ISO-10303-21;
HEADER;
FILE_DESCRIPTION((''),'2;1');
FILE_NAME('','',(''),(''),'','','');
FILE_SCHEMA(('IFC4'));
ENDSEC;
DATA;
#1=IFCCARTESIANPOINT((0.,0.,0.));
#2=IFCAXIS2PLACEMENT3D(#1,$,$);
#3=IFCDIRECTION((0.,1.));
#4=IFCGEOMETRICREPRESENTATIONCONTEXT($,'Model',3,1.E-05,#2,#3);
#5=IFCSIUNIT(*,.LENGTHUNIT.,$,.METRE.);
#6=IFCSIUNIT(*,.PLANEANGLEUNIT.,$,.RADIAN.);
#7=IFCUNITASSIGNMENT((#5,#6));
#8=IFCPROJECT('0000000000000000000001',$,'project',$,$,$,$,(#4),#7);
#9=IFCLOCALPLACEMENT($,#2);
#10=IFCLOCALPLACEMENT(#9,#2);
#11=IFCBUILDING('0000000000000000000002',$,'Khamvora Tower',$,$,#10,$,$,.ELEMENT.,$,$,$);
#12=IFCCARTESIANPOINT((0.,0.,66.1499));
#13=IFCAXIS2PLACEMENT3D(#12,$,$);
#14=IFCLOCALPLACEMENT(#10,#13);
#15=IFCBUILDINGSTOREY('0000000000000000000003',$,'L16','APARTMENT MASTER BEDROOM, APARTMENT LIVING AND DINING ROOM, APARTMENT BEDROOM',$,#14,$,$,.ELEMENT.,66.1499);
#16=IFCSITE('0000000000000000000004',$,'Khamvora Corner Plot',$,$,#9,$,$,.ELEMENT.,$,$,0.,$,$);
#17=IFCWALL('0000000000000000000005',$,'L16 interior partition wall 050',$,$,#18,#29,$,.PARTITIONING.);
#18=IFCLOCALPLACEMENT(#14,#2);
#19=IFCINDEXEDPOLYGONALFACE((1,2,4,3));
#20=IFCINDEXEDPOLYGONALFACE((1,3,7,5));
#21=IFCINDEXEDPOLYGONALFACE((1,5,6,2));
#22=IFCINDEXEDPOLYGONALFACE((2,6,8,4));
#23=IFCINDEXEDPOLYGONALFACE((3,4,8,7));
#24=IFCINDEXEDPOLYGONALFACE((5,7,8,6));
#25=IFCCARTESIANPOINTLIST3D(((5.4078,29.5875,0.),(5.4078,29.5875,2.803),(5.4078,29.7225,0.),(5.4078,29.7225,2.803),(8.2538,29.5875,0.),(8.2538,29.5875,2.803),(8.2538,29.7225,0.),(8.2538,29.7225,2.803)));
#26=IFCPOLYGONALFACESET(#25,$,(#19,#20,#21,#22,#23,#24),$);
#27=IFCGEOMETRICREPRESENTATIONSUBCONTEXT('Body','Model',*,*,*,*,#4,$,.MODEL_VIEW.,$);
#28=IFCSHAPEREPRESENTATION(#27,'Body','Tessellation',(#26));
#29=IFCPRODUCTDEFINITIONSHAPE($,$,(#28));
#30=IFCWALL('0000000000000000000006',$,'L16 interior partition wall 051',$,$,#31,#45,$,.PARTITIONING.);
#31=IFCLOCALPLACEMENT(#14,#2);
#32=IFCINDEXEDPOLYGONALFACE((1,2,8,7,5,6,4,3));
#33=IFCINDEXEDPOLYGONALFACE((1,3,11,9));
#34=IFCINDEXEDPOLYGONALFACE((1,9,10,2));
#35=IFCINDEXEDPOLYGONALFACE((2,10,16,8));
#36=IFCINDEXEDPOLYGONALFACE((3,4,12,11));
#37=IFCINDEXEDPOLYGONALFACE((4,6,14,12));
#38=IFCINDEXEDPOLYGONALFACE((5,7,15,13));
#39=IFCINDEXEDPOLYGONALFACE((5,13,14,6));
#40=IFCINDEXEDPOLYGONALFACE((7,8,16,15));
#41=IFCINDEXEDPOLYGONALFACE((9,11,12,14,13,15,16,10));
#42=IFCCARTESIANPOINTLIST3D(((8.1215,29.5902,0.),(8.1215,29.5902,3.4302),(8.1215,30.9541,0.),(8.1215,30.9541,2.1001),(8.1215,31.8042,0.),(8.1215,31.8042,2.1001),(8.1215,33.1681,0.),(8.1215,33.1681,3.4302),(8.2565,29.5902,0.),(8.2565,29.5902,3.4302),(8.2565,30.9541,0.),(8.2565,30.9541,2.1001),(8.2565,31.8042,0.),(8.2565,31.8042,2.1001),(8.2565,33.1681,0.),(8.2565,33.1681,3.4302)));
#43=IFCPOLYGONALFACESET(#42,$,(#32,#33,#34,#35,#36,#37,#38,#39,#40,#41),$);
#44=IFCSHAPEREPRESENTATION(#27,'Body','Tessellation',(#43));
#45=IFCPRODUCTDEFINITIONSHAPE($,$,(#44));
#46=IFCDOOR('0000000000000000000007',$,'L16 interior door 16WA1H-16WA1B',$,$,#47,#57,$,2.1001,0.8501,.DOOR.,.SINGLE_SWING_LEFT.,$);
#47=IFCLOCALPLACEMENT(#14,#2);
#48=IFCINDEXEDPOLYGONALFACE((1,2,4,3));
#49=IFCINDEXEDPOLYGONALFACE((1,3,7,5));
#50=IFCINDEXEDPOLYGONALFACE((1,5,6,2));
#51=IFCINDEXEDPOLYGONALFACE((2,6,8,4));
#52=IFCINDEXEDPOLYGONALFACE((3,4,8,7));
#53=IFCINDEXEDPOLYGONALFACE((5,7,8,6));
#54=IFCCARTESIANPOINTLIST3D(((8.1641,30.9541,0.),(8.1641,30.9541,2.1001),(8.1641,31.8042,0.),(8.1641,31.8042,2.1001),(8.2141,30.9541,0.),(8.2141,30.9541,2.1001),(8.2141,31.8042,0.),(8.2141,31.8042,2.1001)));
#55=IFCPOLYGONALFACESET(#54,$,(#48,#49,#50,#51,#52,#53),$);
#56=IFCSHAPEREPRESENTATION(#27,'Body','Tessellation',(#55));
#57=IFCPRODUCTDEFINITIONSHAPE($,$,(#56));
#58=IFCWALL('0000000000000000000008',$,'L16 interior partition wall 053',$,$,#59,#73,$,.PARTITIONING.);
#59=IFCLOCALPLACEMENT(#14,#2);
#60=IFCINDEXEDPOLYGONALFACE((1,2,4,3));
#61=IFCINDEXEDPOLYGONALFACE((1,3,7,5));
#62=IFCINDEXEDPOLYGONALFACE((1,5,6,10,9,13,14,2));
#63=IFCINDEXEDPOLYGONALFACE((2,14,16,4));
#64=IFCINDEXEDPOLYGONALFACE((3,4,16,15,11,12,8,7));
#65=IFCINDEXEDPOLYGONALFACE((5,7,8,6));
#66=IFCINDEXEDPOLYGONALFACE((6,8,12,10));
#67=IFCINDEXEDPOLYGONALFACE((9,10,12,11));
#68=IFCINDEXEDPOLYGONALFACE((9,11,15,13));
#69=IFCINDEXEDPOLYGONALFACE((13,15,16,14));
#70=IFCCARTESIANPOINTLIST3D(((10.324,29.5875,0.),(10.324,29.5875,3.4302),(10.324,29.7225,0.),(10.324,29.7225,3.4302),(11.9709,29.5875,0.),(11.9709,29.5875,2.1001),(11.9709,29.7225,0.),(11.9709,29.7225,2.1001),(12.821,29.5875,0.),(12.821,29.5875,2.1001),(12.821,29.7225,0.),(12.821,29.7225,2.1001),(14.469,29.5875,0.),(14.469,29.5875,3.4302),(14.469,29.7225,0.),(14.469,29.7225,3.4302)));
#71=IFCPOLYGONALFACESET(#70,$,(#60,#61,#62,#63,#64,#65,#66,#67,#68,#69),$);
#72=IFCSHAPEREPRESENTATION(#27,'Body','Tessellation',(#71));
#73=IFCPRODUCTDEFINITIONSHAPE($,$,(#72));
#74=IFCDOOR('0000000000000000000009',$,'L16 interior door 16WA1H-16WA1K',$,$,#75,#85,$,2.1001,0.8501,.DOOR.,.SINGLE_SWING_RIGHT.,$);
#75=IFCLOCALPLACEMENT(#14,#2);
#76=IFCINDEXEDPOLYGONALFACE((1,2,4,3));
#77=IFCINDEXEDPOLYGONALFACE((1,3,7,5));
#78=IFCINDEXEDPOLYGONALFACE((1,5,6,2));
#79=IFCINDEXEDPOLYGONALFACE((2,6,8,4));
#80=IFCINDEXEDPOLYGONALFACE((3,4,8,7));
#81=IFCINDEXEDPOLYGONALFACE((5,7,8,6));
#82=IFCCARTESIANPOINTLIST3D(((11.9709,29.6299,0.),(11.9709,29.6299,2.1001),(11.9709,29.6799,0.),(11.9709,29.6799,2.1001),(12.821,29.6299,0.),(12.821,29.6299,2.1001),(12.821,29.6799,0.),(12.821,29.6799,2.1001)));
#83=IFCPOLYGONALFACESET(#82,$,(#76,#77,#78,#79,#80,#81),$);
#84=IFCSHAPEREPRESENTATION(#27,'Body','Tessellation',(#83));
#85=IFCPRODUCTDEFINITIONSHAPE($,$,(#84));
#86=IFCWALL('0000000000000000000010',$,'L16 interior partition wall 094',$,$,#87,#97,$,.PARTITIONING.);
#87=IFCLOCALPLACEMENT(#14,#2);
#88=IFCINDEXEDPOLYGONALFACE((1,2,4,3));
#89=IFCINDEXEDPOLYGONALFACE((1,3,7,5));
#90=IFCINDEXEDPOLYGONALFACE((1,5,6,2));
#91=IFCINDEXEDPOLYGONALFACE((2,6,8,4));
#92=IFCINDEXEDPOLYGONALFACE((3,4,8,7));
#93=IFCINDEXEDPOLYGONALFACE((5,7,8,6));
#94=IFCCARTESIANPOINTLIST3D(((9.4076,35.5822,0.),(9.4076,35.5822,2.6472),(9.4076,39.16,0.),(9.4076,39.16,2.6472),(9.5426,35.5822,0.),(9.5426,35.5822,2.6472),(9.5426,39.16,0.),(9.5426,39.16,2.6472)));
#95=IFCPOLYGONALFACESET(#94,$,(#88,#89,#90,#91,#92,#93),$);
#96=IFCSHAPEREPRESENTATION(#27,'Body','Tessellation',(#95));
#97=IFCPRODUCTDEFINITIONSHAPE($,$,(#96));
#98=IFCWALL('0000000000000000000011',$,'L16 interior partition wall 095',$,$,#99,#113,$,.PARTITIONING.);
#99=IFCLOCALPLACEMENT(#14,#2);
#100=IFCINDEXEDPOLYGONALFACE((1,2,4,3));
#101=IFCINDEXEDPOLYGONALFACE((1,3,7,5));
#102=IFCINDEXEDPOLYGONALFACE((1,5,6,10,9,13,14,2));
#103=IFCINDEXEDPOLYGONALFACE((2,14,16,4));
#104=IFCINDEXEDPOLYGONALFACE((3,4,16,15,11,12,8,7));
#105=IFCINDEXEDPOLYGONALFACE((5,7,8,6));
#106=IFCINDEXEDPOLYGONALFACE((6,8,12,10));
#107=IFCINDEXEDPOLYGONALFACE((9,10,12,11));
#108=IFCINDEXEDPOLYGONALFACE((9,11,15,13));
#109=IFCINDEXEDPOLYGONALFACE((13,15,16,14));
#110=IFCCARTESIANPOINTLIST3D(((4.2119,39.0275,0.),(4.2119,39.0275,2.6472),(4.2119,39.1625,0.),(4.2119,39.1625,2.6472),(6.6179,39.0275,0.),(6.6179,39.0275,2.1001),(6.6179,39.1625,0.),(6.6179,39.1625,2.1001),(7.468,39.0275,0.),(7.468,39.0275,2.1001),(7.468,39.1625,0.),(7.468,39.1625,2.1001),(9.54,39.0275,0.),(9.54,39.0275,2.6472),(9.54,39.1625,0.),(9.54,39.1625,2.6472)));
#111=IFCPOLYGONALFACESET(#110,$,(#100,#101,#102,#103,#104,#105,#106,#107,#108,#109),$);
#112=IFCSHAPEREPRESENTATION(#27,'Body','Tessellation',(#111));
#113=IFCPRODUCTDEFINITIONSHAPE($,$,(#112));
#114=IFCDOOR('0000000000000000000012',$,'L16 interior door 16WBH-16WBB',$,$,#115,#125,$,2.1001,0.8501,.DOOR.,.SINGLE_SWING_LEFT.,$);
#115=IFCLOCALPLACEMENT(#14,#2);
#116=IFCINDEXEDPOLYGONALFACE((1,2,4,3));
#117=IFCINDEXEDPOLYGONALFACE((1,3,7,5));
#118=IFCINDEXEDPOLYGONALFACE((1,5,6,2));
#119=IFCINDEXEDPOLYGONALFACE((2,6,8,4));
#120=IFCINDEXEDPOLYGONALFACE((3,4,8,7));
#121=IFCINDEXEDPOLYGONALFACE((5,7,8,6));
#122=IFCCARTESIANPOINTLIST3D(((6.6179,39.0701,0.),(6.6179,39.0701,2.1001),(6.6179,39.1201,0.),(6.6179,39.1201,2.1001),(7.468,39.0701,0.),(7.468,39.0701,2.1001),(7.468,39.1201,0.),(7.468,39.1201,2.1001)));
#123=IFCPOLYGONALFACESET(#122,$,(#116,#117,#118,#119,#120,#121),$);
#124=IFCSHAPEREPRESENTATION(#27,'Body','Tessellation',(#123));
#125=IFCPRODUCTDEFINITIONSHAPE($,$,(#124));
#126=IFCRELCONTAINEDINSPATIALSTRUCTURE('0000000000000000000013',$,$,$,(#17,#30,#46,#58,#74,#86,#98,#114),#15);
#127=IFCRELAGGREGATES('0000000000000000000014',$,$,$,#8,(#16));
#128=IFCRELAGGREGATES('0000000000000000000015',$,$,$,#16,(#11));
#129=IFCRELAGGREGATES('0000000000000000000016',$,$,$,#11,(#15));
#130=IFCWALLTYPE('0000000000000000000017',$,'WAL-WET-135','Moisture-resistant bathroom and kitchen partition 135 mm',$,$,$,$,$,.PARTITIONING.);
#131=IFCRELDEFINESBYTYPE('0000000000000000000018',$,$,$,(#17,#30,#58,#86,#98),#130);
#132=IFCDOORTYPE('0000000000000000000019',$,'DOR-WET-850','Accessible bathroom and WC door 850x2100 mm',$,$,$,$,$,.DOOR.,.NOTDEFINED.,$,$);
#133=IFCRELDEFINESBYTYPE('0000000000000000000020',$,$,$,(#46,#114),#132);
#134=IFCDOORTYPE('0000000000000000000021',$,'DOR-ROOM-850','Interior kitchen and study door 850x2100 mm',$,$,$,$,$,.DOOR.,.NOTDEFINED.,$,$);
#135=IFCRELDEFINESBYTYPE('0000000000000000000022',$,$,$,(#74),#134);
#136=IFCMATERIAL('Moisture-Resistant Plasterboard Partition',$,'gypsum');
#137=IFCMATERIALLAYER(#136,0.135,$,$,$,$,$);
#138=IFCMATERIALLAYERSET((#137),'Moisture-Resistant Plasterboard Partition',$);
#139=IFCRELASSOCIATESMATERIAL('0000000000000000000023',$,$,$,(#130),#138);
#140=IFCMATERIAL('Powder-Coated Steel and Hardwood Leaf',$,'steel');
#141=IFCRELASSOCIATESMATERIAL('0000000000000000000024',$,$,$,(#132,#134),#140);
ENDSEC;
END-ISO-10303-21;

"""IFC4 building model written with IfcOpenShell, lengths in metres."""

from ifc_helpers import new_model, si_unit, direction, frame, frame_2d, origin, place, context, subcontext, project, spatial, rectangle, extrude, material, layer, layer_set, type_object, element, fill, save


model = new_model("IFC4")

# Units and contexts
model_context = context("Model", 3, precision=1e-05, world=origin(), true_north=direction((0.0, 1.0)))
body_context = subcontext(model_context, "Body", "Model", "MODEL_VIEW")
ifc_project = project(units=[si_unit("LENGTHUNIT", "METRE"), si_unit("PLANEANGLEUNIT", "RADIAN")], contexts=[model_context])

# Site, building, storey
site_placement = place(None, origin())
site = spatial("IfcSite", under=ifc_project, at=site_placement, Name="Khamvora Corner Plot", CompositionType="ELEMENT", RefElevation=0.0)
building_placement = place(site_placement, origin())
building = spatial("IfcBuilding", under=site, at=building_placement, Name="Khamvora Tower", CompositionType="ELEMENT")
storey_placement = place(building_placement, frame((0.0, 0.0, 66.1499)))
storey = spatial("IfcBuildingStorey", under=building, at=storey_placement, Name="L16", Description="APARTMENT MASTER BEDROOM, APARTMENT LIVING AND DINING ROOM, APARTMENT BEDROOM", CompositionType="ELEMENT", Elevation=66.1499)

# Shared definitions
ifc_material_1 = material(Name="Powder-Coated Steel and Hardwood Leaf", Category="steel")

# Wall
ifc_material_2 = material(Name="Moisture-Resistant Plasterboard Partition", Category="gypsum")
ifc_layer_1 = layer(ifc_material_2, 0.135)
ifc_layer_set_1 = layer_set([ifc_layer_1], Name="Moisture-Resistant Plasterboard Partition")
wall_type_1 = type_object("IfcWallType", Name="WAL-WET-135", Description="Moisture-resistant bathroom and kitchen partition 135 mm", PredefinedType="PARTITIONING", material=ifc_layer_set_1)
wall_1_placement = place(storey_placement, frame((5.408, 29.655, 0.0), z_axis=(0.0, 0.0, 1.0), x_axis=(1.0, 0.0, 0.0)))
element("IfcWall", 1, at=wall_1_placement, inside=storey, type_object=wall_type_1, Name="L16 interior partition wall 050", PredefinedType="PARTITIONING", context=body_context, shape_type="SweptSolid", body=[
    extrude(rectangle(XDim=2.8459, YDim=0.135, at=frame_2d((1.4229, 0.0))), origin(), (0.0, 0.0, 1.0), 2.803),
])

# Walls, openings, doors
wall_2_placement = place(storey_placement, frame((8.189, 29.5901, 0.0), z_axis=(0.0, 0.0, 1.0), x_axis=(0.0, 1.0, 0.0)))
wall_2 = element("IfcWall", 2, at=wall_2_placement, inside=storey, type_object=wall_type_1, Name="L16 interior partition wall 051", PredefinedType="PARTITIONING", context=body_context, shape_type="SweptSolid", body=[
    extrude(rectangle(XDim=3.5779, YDim=0.135, at=frame_2d((1.7891, 0.0))), origin(), (0.0, 0.0, 1.0), 3.4302),
])
opening_1_placement = place(wall_2_placement, frame((1.364, 0.0, 0.0)))
opening_1 = element("IfcOpeningElement", 3, at=opening_1_placement, cuts=wall_2, PredefinedType="OPENING", context=body_context, shape_type="SweptSolid", body=[
    extrude(rectangle(XDim=0.8501, YDim=2.1001, at=frame_2d((0.425, 1.05))), frame((0.0, 0.0774, 0.0), z_axis=(0.0, -1.0, 0.0), x_axis=(1.0, 0.0, 0.0)), (0.0, 0.0, 1.0), 0.155),
])
door_type_1 = type_object("IfcDoorType", Name="DOR-WET-850", Description="Accessible bathroom and WC door 850x2100 mm", OperationType="NOTDEFINED", PredefinedType="DOOR", material=ifc_material_1)
door_1_placement = place(opening_1_placement, origin())
door_1 = element("IfcDoor", 4, at=door_1_placement, inside=storey, type_object=door_type_1, Name="L16 interior door 16WA1H-16WA1B", OperationType="SINGLE_SWING_LEFT", OverallHeight=2.1001, OverallWidth=0.8501, PredefinedType="DOOR", context=body_context, shape_type="SweptSolid", body=[
    extrude(rectangle(XDim=0.8501, YDim=2.1001, at=frame_2d((0.425, 1.05))), frame((0.0, 0.0249, 0.0), z_axis=(0.0, -1.0, 0.0), x_axis=(1.0, 0.0, 0.0)), (0.0, 0.0, 1.0), 0.05),
])
fill(opening_1, door_1)
wall_3_placement = place(storey_placement, frame((10.324, 29.655, 0.0), z_axis=(0.0, 0.0, 1.0), x_axis=(1.0, 0.0, 0.0)))
wall_3 = element("IfcWall", 5, at=wall_3_placement, inside=storey, type_object=wall_type_1, Name="L16 interior partition wall 053", PredefinedType="PARTITIONING", context=body_context, shape_type="SweptSolid", body=[
    extrude(rectangle(XDim=4.145, YDim=0.135, at=frame_2d((2.0725, 0.0))), origin(), (0.0, 0.0, 1.0), 3.4302),
])
opening_2_placement = place(wall_3_placement, frame((1.647, 0.0, 0.0)))
opening_2 = element("IfcOpeningElement", 6, at=opening_2_placement, cuts=wall_3, PredefinedType="OPENING", context=body_context, shape_type="SweptSolid", body=[
    extrude(rectangle(XDim=0.8501, YDim=2.1001, at=frame_2d((0.425, 1.05))), frame((0.0, 0.0774, 0.0), z_axis=(0.0, -1.0, 0.0), x_axis=(1.0, 0.0, 0.0)), (0.0, 0.0, 1.0), 0.155),
])
door_type_2 = type_object("IfcDoorType", Name="DOR-ROOM-850", Description="Interior kitchen and study door 850x2100 mm", OperationType="NOTDEFINED", PredefinedType="DOOR", material=ifc_material_1)
door_2_placement = place(opening_2_placement, origin())
door_2 = element("IfcDoor", 7, at=door_2_placement, inside=storey, type_object=door_type_2, Name="L16 interior door 16WA1H-16WA1K", OperationType="SINGLE_SWING_RIGHT", OverallHeight=2.1001, OverallWidth=0.8501, PredefinedType="DOOR", context=body_context, shape_type="SweptSolid", body=[
    extrude(rectangle(XDim=0.8501, YDim=2.1001, at=frame_2d((0.425, 1.05))), frame((0.0, 0.0249, 0.0), z_axis=(0.0, -1.0, 0.0), x_axis=(1.0, 0.0, 0.0)), (0.0, 0.0, 1.0), 0.05),
])
fill(opening_2, door_2)

# Wall
wall_4_placement = place(storey_placement, frame((9.4751, 35.582, 0.0), z_axis=(0.0, 0.0, 1.0), x_axis=(0.0, 1.0, 0.0)))
element("IfcWall", 8, at=wall_4_placement, inside=storey, type_object=wall_type_1, Name="L16 interior partition wall 094", PredefinedType="PARTITIONING", context=body_context, shape_type="SweptSolid", body=[
    extrude(rectangle(XDim=3.5779, YDim=0.135, at=frame_2d((1.7891, 0.0))), origin(), (0.0, 0.0, 1.0), 2.6472),
])

# Wall, opening, door
wall_5_placement = place(storey_placement, frame((9.54, 39.095, 0.0), z_axis=(0.0, 0.0, 1.0), x_axis=(-1.0, 0.0, 0.0)))
wall_5 = element("IfcWall", 9, at=wall_5_placement, inside=storey, type_object=wall_type_1, Name="L16 interior partition wall 095", PredefinedType="PARTITIONING", context=body_context, shape_type="SweptSolid", body=[
    extrude(rectangle(XDim=5.3281, YDim=0.135, at=frame_2d((2.6641, 0.0))), origin(), (0.0, 0.0, 1.0), 2.6472),
])
opening_3_placement = place(wall_5_placement, frame((2.072, 0.0, 0.0)))
opening_3 = element("IfcOpeningElement", 10, at=opening_3_placement, cuts=wall_5, PredefinedType="OPENING", context=body_context, shape_type="SweptSolid", body=[
    extrude(rectangle(XDim=0.8501, YDim=2.1001, at=frame_2d((0.425, 1.05))), frame((0.0, 0.0774, 0.0), z_axis=(0.0, -1.0, 0.0), x_axis=(1.0, 0.0, 0.0)), (0.0, 0.0, 1.0), 0.155),
])
door_3_placement = place(opening_3_placement, origin())
door_3 = element("IfcDoor", 11, at=door_3_placement, inside=storey, type_object=door_type_1, Name="L16 interior door 16WBH-16WBB", OperationType="SINGLE_SWING_LEFT", OverallHeight=2.1001, OverallWidth=0.8501, PredefinedType="DOOR", context=body_context, shape_type="SweptSolid", body=[
    extrude(rectangle(XDim=0.8501, YDim=2.1001, at=frame_2d((0.425, 1.05))), frame((0.0, 0.0249, 0.0), z_axis=(0.0, -1.0, 0.0), x_axis=(1.0, 0.0, 0.0)), (0.0, 0.0, 1.0), 0.05),
])
fill(opening_3, door_3)

save(model, "model.ifc")
